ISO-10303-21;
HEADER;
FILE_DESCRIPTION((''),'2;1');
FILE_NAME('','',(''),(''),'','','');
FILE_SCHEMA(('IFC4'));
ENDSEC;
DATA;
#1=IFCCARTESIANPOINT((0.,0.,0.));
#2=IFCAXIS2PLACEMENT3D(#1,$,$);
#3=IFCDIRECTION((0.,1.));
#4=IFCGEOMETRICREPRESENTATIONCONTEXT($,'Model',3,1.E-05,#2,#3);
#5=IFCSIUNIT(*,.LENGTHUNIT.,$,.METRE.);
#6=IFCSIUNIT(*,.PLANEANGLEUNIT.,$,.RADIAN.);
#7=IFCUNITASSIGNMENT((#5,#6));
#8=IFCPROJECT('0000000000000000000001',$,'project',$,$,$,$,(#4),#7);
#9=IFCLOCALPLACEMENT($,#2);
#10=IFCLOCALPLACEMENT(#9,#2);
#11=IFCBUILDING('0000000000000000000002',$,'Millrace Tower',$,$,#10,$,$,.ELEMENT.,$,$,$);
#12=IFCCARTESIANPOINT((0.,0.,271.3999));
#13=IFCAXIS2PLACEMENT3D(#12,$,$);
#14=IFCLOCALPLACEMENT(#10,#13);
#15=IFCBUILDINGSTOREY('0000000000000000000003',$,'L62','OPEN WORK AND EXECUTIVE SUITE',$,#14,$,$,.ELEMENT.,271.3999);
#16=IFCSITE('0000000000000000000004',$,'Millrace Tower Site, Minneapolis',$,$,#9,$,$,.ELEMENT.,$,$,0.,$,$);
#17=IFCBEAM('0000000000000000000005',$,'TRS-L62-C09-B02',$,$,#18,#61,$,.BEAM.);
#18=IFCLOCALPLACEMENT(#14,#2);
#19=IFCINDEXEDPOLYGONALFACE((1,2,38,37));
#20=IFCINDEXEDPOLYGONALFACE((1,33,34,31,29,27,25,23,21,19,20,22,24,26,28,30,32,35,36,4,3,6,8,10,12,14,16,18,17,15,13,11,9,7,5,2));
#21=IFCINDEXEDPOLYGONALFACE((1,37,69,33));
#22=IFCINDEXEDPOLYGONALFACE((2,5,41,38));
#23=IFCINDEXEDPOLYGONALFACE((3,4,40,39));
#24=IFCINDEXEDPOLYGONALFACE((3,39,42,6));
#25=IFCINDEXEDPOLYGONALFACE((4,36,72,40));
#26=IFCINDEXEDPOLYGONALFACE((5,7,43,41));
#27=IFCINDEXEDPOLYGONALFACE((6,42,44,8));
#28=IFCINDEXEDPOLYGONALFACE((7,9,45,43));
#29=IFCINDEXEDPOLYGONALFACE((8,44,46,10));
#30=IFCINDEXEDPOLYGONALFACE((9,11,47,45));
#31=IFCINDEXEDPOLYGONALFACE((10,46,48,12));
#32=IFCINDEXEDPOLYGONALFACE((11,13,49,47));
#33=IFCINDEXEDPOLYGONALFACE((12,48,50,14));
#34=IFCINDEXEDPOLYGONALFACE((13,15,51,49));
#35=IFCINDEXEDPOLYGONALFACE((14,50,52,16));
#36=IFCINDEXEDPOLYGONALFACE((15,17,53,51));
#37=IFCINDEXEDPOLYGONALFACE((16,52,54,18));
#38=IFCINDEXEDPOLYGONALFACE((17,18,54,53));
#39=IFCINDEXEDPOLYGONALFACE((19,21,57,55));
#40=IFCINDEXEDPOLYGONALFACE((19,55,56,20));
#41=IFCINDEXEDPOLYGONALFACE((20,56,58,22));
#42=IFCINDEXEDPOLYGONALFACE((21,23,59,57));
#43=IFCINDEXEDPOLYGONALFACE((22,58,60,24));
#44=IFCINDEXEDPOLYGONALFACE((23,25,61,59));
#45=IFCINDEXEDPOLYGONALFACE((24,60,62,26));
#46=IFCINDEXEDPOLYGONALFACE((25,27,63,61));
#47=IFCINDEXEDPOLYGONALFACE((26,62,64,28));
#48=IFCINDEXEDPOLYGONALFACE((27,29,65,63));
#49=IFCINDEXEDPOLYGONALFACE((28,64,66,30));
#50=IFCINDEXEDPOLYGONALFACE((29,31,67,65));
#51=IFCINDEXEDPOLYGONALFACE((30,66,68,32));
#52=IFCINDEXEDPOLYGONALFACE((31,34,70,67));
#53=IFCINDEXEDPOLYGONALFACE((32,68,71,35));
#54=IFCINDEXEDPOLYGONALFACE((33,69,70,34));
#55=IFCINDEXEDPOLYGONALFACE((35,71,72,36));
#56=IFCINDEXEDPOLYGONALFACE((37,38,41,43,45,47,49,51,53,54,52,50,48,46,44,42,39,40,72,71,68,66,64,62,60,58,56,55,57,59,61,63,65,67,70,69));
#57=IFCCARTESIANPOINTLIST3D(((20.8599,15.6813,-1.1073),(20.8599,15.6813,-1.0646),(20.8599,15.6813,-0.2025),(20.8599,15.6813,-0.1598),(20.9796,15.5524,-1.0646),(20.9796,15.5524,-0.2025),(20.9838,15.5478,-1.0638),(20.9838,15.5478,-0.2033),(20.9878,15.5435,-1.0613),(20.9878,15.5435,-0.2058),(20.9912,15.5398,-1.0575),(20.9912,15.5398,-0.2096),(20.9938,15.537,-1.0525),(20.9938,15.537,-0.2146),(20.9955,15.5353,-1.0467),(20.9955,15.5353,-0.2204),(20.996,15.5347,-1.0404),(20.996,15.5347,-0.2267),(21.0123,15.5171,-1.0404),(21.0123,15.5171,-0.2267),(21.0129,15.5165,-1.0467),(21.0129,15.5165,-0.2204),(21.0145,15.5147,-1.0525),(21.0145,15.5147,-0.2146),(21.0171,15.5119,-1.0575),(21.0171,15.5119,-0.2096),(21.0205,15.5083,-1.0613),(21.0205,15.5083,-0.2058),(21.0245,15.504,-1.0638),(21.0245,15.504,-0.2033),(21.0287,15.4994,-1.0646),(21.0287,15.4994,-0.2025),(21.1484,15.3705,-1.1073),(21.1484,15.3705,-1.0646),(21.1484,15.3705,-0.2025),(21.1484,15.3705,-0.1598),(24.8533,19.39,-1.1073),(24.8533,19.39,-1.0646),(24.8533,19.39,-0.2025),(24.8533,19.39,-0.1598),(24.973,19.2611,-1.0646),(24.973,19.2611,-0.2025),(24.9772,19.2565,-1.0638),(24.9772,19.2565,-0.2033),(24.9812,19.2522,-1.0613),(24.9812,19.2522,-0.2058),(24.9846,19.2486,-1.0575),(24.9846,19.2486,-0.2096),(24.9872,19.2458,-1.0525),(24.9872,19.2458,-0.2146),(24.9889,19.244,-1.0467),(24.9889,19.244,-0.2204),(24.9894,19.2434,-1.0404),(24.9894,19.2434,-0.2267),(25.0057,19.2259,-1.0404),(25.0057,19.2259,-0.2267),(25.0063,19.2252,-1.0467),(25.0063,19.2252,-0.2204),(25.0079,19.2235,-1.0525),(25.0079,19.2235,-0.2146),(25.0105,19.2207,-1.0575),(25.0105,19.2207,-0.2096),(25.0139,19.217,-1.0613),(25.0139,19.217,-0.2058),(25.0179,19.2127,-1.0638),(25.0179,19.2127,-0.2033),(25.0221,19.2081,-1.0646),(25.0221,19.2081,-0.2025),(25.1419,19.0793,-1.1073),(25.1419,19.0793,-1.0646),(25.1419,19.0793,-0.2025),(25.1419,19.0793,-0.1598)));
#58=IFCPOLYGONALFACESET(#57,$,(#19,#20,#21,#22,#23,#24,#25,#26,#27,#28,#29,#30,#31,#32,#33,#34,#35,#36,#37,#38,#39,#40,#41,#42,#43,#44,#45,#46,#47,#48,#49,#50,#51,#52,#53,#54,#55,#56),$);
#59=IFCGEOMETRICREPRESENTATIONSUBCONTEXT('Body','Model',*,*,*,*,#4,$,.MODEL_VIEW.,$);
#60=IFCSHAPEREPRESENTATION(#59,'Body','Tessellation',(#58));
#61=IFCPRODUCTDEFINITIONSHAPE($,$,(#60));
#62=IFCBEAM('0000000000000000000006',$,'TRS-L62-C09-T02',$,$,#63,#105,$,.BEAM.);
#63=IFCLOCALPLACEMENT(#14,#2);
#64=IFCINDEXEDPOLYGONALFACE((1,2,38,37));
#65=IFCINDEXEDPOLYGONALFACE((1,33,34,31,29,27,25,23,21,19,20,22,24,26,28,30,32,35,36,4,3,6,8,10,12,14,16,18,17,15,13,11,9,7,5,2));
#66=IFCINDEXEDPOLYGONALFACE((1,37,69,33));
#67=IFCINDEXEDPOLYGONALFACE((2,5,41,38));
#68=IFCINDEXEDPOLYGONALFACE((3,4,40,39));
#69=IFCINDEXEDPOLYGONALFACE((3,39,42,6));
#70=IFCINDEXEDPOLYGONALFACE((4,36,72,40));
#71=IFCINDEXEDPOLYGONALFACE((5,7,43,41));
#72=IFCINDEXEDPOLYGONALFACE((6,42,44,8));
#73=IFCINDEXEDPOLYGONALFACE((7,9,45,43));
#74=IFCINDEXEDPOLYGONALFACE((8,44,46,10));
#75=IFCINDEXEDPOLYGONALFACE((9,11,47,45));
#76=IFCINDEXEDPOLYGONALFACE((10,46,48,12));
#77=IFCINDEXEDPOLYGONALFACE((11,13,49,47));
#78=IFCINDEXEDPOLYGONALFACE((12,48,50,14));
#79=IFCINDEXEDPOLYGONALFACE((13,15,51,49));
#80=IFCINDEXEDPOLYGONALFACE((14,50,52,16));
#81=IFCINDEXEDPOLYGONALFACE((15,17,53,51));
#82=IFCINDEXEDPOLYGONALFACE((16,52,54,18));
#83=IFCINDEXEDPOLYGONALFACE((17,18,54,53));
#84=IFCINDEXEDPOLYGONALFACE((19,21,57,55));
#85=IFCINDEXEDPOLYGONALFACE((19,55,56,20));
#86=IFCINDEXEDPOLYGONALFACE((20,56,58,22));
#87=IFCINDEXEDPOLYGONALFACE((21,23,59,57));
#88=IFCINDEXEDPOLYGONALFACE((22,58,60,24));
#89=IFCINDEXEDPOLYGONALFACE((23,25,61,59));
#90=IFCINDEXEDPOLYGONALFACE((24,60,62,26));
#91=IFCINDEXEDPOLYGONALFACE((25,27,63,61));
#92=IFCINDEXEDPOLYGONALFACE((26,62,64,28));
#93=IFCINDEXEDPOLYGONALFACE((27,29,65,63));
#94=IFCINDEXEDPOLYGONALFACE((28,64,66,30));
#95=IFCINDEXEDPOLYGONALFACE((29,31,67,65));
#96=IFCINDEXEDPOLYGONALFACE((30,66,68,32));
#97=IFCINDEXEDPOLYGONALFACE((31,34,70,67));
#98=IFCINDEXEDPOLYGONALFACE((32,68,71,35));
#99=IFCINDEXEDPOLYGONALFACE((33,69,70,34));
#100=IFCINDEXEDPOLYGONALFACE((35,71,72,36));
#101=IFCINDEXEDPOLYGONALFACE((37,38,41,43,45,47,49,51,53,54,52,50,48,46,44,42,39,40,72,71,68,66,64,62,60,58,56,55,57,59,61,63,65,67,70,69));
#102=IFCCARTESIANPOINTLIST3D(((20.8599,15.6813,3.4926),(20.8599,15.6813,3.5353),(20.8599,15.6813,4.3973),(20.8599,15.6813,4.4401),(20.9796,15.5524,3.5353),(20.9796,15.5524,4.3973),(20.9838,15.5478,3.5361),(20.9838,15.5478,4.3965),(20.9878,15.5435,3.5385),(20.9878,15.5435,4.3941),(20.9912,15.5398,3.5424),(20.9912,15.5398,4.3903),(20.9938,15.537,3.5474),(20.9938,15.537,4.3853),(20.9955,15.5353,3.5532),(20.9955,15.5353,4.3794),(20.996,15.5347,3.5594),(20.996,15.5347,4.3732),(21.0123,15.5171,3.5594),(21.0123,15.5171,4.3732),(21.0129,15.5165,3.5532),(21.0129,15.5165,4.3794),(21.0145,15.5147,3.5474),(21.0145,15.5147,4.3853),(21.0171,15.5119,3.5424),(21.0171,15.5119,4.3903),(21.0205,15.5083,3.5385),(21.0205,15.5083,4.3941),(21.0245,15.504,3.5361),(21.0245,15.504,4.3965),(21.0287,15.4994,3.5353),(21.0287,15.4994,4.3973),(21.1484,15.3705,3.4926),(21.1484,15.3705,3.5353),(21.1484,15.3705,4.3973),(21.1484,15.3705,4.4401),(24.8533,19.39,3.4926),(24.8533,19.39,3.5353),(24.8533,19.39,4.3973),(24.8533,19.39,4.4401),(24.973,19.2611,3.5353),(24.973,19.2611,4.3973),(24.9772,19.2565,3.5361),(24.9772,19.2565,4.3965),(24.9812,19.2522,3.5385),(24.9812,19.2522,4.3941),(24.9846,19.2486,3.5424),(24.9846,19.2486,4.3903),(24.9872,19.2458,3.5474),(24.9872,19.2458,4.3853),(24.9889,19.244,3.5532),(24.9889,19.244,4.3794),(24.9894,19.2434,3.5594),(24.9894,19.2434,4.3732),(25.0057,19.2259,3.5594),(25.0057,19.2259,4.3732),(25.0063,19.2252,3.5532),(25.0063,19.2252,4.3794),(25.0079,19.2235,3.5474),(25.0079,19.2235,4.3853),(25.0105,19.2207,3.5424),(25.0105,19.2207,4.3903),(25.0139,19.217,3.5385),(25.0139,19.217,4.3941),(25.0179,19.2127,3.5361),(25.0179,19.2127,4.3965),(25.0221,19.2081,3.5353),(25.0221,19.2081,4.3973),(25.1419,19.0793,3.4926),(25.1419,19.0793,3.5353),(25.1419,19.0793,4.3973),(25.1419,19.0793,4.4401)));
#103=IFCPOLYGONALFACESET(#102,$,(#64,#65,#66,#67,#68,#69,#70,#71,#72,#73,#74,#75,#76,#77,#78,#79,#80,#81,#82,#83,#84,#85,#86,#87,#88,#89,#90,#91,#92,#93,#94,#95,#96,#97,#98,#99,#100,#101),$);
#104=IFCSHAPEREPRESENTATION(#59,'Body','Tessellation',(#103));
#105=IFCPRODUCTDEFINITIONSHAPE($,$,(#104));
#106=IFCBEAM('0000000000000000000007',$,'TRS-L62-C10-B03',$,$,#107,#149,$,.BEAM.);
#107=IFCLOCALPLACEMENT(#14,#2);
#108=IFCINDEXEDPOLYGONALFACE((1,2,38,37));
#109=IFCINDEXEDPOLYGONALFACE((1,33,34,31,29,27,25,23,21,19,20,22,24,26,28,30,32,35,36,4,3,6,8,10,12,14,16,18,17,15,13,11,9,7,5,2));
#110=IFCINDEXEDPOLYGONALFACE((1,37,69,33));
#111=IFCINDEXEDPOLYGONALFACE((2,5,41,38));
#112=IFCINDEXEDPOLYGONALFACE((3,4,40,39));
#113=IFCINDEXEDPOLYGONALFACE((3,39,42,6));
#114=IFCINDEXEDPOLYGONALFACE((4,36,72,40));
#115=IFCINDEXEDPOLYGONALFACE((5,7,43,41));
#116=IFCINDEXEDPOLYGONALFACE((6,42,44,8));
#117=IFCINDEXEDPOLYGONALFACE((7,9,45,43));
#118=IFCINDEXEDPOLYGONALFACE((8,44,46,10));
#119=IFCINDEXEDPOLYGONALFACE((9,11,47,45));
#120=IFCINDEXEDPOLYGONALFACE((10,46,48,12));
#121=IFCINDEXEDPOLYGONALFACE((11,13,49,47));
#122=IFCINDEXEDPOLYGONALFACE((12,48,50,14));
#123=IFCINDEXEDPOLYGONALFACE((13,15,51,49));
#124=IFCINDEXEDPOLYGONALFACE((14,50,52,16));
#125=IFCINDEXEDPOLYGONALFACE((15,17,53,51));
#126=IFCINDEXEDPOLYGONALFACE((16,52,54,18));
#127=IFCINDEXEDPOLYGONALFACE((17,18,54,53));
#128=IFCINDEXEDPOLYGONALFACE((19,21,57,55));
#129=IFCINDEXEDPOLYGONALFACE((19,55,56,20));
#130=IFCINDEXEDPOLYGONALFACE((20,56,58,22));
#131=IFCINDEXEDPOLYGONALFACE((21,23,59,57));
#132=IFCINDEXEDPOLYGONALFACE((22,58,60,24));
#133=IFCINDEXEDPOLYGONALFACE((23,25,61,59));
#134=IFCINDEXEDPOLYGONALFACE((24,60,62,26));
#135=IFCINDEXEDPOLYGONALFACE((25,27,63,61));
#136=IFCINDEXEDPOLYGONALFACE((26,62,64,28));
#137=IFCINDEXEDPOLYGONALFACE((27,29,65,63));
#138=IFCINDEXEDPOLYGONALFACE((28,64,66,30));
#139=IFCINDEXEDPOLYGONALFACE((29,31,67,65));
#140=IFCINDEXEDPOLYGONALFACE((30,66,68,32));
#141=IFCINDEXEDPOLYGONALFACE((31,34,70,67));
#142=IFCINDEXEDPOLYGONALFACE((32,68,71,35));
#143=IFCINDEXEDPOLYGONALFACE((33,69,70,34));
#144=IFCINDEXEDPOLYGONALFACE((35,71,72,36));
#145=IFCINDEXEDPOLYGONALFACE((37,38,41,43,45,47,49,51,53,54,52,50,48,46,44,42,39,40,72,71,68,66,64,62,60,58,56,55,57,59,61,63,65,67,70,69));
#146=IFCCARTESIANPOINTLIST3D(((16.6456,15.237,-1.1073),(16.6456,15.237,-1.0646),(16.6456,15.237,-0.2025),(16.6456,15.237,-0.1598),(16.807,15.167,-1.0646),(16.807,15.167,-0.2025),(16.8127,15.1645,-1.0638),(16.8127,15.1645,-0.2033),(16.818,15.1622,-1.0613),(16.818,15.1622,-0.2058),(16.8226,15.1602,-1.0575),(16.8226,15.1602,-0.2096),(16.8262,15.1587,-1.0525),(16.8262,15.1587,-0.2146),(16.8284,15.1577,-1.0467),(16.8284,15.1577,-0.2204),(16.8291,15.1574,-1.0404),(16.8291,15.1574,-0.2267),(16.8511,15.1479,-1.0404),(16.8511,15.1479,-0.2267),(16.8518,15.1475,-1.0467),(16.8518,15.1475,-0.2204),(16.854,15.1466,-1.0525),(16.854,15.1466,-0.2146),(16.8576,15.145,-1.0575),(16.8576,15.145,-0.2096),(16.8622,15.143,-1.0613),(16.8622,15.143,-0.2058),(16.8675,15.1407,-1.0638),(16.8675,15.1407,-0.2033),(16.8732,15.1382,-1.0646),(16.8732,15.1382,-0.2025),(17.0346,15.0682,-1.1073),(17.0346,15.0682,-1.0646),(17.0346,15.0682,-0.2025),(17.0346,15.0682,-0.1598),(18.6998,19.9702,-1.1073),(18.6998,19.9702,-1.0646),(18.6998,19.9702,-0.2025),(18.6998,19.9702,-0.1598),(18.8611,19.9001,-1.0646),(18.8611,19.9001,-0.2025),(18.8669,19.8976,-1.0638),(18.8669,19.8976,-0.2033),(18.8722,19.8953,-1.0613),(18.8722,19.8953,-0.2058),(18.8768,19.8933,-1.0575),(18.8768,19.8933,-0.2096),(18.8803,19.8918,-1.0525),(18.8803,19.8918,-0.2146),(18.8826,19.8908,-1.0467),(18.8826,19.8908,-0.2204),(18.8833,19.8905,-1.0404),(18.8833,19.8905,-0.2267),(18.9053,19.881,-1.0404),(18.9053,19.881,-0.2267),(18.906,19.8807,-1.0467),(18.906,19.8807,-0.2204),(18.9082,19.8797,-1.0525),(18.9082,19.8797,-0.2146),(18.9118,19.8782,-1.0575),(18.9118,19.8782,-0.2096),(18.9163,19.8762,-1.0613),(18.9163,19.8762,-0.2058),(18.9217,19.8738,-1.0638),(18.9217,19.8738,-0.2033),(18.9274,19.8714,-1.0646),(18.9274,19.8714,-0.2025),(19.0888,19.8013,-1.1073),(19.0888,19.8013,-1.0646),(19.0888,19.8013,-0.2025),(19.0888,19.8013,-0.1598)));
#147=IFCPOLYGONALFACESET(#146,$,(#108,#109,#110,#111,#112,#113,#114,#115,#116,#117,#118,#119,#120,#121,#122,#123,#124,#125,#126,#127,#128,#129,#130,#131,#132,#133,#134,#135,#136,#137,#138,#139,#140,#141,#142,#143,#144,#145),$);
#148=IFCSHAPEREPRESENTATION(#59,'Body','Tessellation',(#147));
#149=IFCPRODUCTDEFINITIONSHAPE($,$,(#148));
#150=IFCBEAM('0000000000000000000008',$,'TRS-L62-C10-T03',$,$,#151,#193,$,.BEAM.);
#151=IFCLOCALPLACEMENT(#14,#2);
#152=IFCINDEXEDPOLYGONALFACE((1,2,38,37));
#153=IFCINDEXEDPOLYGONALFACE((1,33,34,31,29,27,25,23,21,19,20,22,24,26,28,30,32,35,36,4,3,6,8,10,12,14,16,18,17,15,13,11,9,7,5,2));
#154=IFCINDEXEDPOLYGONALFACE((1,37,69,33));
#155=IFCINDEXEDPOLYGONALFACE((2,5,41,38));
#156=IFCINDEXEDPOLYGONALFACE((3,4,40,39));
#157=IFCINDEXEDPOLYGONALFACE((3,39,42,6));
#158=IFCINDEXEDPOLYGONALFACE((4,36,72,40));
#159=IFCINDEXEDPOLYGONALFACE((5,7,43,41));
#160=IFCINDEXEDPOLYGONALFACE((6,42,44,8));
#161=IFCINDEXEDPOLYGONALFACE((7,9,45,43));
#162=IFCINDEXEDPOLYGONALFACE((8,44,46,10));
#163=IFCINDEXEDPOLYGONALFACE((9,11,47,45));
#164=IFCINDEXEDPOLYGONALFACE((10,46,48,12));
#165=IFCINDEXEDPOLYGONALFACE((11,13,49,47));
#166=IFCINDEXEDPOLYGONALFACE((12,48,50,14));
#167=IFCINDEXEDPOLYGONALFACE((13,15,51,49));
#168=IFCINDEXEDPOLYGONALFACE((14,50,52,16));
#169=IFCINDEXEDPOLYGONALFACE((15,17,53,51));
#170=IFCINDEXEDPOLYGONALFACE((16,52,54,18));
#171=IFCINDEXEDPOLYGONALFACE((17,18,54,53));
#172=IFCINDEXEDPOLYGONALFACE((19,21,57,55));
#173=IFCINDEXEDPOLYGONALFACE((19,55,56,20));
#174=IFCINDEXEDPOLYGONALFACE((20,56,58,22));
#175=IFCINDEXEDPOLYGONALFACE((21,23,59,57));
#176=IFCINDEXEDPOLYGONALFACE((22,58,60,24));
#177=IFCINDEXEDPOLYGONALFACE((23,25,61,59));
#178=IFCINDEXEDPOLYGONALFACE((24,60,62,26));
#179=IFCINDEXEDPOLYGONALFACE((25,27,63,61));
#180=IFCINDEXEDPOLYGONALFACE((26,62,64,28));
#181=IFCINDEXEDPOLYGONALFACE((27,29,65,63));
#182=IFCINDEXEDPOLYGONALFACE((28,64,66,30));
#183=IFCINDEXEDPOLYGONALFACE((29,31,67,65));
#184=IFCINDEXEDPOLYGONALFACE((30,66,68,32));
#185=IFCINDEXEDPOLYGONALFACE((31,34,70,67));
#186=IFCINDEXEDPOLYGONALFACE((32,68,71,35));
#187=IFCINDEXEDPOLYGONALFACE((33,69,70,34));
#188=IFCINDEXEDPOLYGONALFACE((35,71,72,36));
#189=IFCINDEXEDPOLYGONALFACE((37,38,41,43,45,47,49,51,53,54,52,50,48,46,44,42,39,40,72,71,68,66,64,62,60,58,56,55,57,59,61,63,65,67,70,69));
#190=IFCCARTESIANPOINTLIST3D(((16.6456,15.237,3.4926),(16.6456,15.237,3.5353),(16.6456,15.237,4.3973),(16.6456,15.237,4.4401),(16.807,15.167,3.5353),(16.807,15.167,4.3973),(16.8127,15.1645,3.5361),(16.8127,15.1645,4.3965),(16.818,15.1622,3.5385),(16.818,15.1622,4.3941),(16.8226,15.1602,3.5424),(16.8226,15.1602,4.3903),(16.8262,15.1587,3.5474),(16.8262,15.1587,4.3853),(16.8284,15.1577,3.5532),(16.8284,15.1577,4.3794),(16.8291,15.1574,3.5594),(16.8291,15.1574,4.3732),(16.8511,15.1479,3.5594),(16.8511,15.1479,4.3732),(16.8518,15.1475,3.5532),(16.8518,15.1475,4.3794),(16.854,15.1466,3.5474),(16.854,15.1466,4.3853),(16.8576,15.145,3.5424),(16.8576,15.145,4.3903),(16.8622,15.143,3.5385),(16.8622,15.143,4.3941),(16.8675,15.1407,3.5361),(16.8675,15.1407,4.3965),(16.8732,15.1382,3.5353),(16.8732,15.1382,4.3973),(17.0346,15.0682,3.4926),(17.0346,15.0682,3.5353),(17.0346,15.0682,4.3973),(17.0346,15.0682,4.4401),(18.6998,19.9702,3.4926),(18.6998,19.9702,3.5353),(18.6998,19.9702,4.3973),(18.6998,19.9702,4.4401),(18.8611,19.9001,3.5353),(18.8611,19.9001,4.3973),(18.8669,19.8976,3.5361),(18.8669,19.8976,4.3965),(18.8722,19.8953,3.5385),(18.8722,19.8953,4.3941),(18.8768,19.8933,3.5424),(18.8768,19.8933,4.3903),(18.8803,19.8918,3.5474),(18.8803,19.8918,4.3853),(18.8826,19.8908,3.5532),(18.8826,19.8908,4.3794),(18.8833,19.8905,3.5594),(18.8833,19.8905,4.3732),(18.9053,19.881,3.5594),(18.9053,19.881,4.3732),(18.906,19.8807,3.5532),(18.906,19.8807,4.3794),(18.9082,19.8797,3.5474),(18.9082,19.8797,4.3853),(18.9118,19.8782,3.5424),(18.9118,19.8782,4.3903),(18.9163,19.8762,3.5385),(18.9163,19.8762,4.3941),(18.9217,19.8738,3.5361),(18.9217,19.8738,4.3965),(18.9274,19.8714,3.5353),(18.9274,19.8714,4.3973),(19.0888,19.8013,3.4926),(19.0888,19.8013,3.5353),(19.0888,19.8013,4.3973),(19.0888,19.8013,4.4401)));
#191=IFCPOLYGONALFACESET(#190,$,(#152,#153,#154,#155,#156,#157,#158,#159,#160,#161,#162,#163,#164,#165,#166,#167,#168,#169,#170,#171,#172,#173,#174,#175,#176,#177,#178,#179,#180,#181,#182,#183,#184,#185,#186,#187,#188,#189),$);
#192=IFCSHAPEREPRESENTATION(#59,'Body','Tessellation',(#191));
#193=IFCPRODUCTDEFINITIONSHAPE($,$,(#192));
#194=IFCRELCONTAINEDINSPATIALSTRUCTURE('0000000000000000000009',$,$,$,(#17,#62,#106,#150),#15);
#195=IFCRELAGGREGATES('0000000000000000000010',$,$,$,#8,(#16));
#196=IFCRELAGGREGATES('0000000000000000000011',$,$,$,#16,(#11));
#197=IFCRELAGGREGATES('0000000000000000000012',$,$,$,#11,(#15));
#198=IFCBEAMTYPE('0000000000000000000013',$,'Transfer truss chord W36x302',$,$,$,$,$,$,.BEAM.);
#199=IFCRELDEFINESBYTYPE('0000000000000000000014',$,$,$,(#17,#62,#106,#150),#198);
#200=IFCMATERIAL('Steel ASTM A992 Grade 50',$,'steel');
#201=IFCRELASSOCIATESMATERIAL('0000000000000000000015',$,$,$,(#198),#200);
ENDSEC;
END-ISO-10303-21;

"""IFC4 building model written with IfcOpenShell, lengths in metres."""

from ifc_helpers import new_model, si_unit, direction, frame, origin, origin_2d, place, context, subcontext, project, spatial, i_section, extrude, material, material_profile, profile_set, type_object, element, save


model = new_model("IFC4")

# Units and contexts
model_context = context("Model", 3, precision=1e-05, world=origin(), true_north=direction((0.0, 1.0)))
body_context = subcontext(model_context, "Body", "Model", "MODEL_VIEW")
ifc_project = project(units=[si_unit("LENGTHUNIT", "METRE"), si_unit("PLANEANGLEUNIT", "RADIAN")], contexts=[model_context])

# Site, building, storey
site_placement = place(None, origin())
site = spatial("IfcSite", under=ifc_project, at=site_placement, Name="Millrace Tower Site, Minneapolis", CompositionType="ELEMENT", RefElevation=0.0)
building_placement = place(site_placement, origin())
building = spatial("IfcBuilding", under=site, at=building_placement, Name="Millrace Tower", CompositionType="ELEMENT")
storey_placement = place(building_placement, frame((0.0, 0.0, 271.3999)))
storey = spatial("IfcBuildingStorey", under=building, at=storey_placement, Name="L62", Description="OPEN WORK AND EXECUTIVE SUITE", CompositionType="ELEMENT", Elevation=271.3999)

# Beams
ifc_material_1 = material(Name="Steel ASTM A992 Grade 50", Category="steel")
ifc_material_profile_1 = material_profile(ifc_material_1, i_section(OverallWidth=0.4241, OverallDepth=0.9475, WebThickness=0.0239, FlangeThickness=0.0427, FilletRadius=0.0242, at=origin_2d()))
ifc_profile_set_1 = profile_set([ifc_material_profile_1], Name="Steel ASTM A992 Grade 50")
beam_type_1 = type_object("IfcBeamType", Name="Transfer truss chord W36x302", PredefinedType="BEAM", material=ifc_profile_set_1)
for number, where, z_axis, x_axis, name in (
    (1, (24.9976, 19.2346, -0.6335), (-0.732741, -0.680508, 0.0), (0.680508, -0.732741, 0.0), "TRS-L62-C09-B02"),
    (2, (24.9976, 19.2346, 3.9663), (-0.732741, -0.680508, 0.0), (0.680508, -0.732741, 0.0), "TRS-L62-C09-T02"),
):
    element("IfcBeam", number, at=place(storey_placement, frame(where, z_axis=z_axis, x_axis=x_axis)), inside=storey, type_object=beam_type_1, Name=name, PredefinedType="BEAM", context=body_context, shape_type="SweptSolid", body=[
        extrude(i_section(OverallWidth=0.4241, OverallDepth=0.9475, WebThickness=0.0239, FlangeThickness=0.0427, FilletRadius=0.0242, at=origin_2d()), origin(), (0.0, 0.0, 1.0), 5.45),
    ])
for number, where, z_axis, x_axis, name in (
    (3, (18.8943, 19.8857, -0.6335), (-0.398124, -0.917332, 0.0), (0.917332, -0.398124, 0.0), "TRS-L62-C10-B03"),
    (4, (18.8943, 19.8857, 3.9663), (-0.398124, -0.917332, 0.0), (0.917332, -0.398124, 0.0), "TRS-L62-C10-T03"),
):
    element("IfcBeam", number, at=place(storey_placement, frame(where, z_axis=z_axis, x_axis=x_axis)), inside=storey, type_object=beam_type_1, Name=name, PredefinedType="BEAM", context=body_context, shape_type="SweptSolid", body=[
        extrude(i_section(OverallWidth=0.4241, OverallDepth=0.9475, WebThickness=0.0239, FlangeThickness=0.0427, FilletRadius=0.0242, at=origin_2d()), origin(), (0.0, 0.0, 1.0), 5.1597),
    ])

save(model, "model.ifc")
